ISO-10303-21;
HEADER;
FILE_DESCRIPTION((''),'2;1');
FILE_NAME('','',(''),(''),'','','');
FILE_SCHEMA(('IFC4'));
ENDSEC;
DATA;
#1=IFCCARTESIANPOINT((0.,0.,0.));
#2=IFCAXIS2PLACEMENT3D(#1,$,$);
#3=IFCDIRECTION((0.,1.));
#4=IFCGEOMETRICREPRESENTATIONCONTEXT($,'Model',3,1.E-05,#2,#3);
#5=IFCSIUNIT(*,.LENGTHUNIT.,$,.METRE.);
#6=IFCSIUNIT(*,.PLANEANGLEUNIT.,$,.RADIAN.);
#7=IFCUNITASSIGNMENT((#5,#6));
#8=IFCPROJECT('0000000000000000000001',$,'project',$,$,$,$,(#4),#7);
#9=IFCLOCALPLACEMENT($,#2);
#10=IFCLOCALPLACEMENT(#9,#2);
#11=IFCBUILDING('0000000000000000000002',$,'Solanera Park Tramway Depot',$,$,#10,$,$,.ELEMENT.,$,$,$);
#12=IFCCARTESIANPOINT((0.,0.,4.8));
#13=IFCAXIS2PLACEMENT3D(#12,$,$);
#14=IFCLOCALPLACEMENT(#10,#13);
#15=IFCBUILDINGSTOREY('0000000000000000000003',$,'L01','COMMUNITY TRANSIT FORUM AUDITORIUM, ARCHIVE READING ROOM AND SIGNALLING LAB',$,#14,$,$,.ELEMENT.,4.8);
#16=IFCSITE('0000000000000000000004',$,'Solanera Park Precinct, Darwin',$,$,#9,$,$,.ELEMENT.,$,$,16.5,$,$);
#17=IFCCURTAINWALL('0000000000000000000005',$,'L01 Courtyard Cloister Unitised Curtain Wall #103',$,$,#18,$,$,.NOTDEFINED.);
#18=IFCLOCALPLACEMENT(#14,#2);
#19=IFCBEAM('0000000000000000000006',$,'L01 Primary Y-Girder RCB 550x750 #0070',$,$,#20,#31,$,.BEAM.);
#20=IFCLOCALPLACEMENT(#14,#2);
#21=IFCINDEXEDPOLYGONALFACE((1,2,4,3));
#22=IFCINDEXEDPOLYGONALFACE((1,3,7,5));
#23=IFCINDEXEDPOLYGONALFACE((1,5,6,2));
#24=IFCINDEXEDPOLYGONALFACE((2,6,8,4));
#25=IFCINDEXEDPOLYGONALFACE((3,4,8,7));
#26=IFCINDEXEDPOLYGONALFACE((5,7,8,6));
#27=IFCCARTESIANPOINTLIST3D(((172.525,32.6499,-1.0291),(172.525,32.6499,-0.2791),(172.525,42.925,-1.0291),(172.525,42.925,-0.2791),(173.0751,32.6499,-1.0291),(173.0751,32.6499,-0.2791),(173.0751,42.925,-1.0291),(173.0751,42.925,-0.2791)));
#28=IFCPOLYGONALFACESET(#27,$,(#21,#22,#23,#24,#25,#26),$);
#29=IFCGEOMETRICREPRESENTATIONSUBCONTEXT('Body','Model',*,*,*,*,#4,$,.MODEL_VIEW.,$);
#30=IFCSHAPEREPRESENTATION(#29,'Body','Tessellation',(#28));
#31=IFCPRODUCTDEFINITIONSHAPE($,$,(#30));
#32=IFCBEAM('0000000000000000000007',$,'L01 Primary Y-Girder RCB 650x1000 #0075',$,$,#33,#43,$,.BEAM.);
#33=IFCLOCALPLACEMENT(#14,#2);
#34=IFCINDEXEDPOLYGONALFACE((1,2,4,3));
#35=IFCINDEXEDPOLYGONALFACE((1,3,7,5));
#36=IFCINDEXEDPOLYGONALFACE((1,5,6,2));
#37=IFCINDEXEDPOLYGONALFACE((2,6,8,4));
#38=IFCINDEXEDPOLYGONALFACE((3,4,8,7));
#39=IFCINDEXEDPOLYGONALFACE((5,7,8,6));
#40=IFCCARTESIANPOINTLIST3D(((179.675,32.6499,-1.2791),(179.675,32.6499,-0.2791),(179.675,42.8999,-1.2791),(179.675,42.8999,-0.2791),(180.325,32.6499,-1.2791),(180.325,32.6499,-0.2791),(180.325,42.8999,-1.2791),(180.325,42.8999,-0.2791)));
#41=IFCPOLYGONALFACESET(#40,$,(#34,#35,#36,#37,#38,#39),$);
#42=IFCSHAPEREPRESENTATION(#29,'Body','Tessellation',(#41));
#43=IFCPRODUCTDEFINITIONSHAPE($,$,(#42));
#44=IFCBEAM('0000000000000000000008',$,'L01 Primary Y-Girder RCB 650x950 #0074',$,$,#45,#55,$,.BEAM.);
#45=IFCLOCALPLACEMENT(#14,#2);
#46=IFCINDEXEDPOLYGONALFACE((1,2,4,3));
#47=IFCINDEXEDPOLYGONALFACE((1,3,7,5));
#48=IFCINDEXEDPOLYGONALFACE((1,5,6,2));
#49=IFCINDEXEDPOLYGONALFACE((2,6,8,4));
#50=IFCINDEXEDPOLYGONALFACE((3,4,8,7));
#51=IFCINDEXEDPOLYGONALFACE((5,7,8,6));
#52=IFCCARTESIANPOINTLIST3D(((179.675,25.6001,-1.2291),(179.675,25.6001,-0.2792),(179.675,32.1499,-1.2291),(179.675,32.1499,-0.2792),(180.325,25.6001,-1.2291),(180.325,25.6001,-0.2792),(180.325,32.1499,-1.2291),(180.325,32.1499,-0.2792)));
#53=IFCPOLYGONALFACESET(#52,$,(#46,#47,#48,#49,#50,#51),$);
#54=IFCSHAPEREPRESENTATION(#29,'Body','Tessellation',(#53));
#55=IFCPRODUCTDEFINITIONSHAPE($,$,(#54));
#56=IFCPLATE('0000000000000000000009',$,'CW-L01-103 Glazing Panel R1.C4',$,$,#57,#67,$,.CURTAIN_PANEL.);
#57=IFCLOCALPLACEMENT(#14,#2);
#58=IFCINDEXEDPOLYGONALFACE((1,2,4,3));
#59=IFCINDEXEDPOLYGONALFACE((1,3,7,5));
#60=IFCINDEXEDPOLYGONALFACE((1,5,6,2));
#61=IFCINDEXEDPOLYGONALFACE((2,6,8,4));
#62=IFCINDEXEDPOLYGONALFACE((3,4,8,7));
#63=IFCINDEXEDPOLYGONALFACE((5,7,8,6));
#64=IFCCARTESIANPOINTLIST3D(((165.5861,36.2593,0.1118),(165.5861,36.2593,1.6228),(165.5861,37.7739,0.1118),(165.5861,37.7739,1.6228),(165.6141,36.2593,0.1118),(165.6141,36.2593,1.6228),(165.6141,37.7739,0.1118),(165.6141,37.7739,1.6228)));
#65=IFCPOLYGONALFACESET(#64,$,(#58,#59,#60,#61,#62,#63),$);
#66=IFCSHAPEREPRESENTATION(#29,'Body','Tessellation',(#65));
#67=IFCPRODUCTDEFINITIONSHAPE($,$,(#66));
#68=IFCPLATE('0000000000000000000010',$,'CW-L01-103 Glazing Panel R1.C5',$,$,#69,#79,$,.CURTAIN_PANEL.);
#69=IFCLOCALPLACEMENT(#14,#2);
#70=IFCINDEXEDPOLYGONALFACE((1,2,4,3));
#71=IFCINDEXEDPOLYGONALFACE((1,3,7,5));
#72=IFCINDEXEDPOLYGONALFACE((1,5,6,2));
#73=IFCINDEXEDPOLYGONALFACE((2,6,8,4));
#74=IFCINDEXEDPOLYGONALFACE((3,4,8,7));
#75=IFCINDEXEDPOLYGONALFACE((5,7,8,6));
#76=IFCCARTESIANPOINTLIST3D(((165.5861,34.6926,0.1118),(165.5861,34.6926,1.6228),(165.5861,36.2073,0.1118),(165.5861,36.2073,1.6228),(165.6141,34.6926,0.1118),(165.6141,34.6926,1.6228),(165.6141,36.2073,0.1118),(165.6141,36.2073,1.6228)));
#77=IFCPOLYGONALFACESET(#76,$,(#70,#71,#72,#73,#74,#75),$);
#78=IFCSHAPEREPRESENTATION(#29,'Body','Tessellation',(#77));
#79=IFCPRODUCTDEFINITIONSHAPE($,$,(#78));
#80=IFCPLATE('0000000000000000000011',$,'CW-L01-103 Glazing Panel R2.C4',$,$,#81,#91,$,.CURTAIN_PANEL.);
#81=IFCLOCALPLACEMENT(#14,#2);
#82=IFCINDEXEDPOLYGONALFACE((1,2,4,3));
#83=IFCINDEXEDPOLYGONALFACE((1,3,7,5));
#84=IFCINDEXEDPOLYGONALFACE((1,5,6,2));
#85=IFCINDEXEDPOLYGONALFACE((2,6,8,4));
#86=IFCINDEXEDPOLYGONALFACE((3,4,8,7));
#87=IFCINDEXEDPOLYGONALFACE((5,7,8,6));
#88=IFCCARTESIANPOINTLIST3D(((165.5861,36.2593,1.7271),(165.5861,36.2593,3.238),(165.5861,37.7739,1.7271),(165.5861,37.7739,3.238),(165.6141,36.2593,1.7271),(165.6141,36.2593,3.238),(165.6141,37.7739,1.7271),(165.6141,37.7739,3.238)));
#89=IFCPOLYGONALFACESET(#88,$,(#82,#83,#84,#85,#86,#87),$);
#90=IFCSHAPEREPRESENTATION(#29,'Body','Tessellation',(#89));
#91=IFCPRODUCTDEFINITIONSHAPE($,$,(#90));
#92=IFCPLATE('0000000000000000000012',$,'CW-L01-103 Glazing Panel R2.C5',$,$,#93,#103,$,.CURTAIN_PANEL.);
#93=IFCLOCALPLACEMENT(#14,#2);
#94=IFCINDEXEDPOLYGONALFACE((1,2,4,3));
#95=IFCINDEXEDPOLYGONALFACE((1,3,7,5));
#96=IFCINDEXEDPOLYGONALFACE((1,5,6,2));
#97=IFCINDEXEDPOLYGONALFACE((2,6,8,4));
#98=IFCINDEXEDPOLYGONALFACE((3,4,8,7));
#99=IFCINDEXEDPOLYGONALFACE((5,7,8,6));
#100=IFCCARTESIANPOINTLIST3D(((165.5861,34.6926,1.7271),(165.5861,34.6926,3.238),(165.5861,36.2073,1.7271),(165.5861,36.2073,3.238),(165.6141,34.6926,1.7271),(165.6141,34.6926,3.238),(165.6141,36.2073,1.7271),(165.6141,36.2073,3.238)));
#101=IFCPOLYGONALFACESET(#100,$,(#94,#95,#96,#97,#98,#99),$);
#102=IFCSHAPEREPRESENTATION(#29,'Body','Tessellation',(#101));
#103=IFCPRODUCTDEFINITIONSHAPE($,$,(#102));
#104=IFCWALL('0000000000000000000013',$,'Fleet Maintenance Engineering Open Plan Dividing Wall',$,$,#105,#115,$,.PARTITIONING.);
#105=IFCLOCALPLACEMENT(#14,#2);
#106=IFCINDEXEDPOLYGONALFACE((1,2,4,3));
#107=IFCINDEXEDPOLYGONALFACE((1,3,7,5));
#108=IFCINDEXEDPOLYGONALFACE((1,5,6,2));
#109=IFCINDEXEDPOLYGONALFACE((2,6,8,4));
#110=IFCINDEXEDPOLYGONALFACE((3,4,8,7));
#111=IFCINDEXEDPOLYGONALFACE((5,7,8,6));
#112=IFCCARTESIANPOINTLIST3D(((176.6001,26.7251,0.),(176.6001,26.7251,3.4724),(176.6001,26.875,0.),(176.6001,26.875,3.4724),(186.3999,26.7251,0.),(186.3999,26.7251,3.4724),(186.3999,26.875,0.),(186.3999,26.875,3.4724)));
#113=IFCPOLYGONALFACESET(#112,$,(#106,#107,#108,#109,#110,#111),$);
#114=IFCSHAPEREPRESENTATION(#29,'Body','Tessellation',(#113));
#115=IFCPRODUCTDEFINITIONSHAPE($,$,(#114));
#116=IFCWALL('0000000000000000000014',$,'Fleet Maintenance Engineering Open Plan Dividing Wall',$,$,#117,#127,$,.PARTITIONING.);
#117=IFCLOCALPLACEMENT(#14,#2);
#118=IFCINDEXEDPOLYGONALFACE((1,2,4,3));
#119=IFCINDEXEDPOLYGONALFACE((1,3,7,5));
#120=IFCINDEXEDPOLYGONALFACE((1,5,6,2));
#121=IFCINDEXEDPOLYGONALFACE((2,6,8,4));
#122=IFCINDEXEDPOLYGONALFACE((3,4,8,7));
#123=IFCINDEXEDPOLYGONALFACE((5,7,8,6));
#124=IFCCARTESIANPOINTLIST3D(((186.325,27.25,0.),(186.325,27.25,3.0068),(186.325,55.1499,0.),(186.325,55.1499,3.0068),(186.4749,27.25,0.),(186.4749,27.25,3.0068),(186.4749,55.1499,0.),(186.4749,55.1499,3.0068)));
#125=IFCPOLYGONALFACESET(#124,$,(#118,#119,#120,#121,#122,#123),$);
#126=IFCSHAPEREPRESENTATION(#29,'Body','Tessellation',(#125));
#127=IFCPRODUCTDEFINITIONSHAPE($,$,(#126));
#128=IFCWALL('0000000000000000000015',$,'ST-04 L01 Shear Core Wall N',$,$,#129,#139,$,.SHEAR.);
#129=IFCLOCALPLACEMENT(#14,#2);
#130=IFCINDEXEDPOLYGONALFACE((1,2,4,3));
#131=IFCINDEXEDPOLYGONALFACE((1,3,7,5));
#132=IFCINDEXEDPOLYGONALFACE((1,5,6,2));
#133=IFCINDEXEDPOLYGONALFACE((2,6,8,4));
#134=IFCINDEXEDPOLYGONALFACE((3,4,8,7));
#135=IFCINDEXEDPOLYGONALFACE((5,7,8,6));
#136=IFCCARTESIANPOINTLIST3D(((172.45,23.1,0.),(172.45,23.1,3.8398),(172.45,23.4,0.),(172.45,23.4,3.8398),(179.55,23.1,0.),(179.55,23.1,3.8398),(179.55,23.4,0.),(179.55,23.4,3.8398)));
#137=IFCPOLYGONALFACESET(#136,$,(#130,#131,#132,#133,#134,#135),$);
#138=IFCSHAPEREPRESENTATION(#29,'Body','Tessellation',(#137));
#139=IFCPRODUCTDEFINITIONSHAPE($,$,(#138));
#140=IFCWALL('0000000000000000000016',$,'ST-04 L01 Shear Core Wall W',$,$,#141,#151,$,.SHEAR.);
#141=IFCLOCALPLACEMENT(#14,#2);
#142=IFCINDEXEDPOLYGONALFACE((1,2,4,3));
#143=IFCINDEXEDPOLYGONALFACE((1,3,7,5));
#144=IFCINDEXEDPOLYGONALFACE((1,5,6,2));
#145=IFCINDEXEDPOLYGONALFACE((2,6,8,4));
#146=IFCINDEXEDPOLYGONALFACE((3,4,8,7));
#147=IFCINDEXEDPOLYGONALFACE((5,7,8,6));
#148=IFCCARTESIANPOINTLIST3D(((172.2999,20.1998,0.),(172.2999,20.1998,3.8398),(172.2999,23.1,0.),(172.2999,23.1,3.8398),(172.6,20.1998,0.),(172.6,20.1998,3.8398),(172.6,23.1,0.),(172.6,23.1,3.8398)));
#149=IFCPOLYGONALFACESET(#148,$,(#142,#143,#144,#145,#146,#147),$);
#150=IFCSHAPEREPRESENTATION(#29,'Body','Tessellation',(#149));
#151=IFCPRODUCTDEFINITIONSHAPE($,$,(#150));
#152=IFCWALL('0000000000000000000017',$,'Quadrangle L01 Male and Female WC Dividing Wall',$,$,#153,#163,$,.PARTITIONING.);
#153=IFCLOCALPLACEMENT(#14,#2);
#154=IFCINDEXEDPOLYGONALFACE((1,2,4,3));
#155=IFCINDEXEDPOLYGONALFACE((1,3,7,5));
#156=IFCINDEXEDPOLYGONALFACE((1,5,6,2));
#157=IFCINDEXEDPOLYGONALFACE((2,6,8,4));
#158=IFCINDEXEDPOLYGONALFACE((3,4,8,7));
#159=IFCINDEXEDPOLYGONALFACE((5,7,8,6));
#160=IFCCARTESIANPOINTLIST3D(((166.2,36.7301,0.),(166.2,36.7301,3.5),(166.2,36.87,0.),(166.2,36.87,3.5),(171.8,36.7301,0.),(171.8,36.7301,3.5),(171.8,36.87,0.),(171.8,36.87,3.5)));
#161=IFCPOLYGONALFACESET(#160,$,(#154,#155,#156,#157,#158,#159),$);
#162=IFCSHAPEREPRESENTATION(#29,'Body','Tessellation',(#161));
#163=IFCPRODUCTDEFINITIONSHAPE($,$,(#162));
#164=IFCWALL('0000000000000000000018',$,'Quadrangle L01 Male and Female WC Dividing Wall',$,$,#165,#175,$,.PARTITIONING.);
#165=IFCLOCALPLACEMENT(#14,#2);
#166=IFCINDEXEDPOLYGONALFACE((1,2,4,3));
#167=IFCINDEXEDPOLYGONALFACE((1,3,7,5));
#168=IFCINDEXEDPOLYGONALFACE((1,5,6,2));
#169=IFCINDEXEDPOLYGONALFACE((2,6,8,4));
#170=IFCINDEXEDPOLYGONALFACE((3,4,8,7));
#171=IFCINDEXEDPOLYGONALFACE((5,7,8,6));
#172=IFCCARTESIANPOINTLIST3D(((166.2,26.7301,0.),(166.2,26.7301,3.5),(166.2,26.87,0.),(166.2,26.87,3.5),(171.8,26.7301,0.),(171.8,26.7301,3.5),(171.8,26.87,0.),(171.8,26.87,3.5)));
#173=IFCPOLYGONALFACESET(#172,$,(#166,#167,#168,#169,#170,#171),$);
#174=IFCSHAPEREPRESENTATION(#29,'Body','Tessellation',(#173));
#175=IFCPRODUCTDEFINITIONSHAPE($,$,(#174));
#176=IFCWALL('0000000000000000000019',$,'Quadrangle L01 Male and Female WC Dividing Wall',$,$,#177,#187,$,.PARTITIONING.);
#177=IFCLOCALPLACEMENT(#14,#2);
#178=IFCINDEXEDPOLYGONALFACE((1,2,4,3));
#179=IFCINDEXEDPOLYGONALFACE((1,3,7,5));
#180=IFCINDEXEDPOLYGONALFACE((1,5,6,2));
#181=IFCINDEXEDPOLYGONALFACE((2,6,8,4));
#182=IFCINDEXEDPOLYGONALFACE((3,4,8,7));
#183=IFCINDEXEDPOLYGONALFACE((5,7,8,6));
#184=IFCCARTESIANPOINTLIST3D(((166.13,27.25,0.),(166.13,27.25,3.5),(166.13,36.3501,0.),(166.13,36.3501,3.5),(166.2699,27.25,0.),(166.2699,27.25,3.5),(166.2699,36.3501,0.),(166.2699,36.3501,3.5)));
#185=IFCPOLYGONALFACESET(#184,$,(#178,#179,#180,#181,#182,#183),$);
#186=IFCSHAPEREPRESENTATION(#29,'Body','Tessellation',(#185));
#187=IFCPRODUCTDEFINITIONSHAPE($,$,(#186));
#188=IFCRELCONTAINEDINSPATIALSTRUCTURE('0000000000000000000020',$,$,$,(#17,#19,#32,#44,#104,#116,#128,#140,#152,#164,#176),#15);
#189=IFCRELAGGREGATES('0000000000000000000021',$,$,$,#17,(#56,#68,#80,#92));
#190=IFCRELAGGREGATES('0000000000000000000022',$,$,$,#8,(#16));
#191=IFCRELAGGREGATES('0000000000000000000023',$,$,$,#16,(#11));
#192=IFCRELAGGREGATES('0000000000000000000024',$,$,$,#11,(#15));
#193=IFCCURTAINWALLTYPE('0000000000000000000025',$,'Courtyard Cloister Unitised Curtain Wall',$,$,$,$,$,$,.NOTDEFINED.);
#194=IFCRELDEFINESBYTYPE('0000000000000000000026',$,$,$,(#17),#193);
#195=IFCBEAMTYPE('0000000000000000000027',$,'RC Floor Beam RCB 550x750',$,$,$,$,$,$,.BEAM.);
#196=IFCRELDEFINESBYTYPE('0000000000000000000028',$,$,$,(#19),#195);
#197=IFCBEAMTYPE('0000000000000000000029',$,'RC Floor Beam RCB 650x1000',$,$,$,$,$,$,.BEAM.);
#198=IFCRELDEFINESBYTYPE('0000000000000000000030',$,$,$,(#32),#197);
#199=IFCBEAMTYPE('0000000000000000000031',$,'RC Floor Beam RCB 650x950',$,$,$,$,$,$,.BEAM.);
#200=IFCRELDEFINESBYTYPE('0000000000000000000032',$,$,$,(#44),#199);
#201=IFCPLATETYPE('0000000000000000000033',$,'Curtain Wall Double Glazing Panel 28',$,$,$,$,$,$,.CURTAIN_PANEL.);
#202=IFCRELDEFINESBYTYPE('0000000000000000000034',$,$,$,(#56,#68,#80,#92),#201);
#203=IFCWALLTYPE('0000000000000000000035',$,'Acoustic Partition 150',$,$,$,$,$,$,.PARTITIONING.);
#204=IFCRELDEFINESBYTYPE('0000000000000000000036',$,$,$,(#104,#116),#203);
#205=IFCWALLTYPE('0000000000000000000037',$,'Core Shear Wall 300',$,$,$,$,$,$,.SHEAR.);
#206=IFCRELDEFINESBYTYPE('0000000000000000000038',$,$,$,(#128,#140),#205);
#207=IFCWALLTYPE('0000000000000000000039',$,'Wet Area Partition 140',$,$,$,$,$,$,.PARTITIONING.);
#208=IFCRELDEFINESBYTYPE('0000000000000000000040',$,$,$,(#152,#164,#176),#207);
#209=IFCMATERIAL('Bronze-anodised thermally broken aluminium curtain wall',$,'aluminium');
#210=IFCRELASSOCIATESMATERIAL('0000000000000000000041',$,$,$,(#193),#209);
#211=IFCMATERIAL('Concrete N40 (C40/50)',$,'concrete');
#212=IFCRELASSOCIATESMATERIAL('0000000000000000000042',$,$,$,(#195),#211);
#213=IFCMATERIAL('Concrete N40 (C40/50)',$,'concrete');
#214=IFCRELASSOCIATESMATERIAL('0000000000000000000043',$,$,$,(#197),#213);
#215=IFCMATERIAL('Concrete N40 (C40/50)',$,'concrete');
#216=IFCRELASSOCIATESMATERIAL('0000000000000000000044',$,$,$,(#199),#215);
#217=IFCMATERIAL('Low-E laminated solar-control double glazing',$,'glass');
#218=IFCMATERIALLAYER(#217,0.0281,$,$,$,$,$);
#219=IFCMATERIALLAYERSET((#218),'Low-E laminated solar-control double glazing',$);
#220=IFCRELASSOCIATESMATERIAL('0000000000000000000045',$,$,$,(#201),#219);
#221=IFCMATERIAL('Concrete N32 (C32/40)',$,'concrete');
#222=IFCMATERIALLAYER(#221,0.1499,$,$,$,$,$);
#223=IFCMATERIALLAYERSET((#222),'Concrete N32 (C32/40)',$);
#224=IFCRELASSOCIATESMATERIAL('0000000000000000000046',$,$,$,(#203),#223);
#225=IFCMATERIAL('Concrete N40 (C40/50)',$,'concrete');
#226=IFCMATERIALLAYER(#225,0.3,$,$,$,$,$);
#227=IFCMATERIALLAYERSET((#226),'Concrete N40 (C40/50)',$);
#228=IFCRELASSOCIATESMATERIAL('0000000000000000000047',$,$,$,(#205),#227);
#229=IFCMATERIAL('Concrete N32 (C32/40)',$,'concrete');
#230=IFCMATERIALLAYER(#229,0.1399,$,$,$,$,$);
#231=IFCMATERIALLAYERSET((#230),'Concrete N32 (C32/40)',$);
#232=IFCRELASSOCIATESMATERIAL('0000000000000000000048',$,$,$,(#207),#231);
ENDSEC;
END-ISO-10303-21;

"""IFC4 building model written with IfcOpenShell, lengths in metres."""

from ifc_helpers import new_model, si_unit, direction, frame, frame_2d, origin, origin_2d, place, context, subcontext, project, spatial, rectangle, extrude, material, layer, layer_set, material_profile, profile_set, type_object, element, aggregate, save


model = new_model("IFC4")

# Units and contexts
model_context = context("Model", 3, precision=1e-05, world=origin(), true_north=direction((0.0, 1.0)))
body_context = subcontext(model_context, "Body", "Model", "MODEL_VIEW")
ifc_project = project(units=[si_unit("LENGTHUNIT", "METRE"), si_unit("PLANEANGLEUNIT", "RADIAN")], contexts=[model_context])

# Site, building, storey
site_placement = place(None, origin())
site = spatial("IfcSite", under=ifc_project, at=site_placement, Name="Solanera Park Precinct, Darwin", CompositionType="ELEMENT", RefElevation=16.5)
building_placement = place(site_placement, origin())
building = spatial("IfcBuilding", under=site, at=building_placement, Name="Solanera Park Tramway Depot", CompositionType="ELEMENT")
storey_placement = place(building_placement, frame((0.0, 0.0, 4.8)))
storey = spatial("IfcBuildingStorey", under=building, at=storey_placement, Name="L01", Description="COMMUNITY TRANSIT FORUM AUDITORIUM, ARCHIVE READING ROOM AND SIGNALLING LAB", CompositionType="ELEMENT", Elevation=4.8)

# Curtain wall
ifc_material_1 = material(Name="Bronze-anodised thermally broken aluminium curtain wall", Category="aluminium")
curtain_wall_type = type_object("IfcCurtainWallType", Name="Courtyard Cloister Unitised Curtain Wall", PredefinedType="NOTDEFINED", material=ifc_material_1)
curtain_wall_placement = place(storey_placement, origin())
curtain_wall = element("IfcCurtainWall", 1, at=curtain_wall_placement, inside=storey, type_object=curtain_wall_type, Name="L01 Courtyard Cloister Unitised Curtain Wall #103", PredefinedType="NOTDEFINED")

# Beams
ifc_material_2 = material(Name="Concrete N40 (C40/50)", Category="concrete")
ifc_material_profile_1 = material_profile(ifc_material_2, rectangle(XDim=0.55, YDim=0.75, at=origin_2d()), Name="RCB 550x750")
ifc_profile_set_1 = profile_set([ifc_material_profile_1], Name="Concrete N40 (C40/50)")
beam_type_1 = type_object("IfcBeamType", Name="RC Floor Beam RCB 550x750", PredefinedType="BEAM", material=ifc_profile_set_1)
beam_1_placement = place(storey_placement, frame((172.8, 32.6499, -0.6541), z_axis=(0.0, 1.0, 0.0), x_axis=(-1.0, 0.0, 0.0)))
element("IfcBeam", 2, at=beam_1_placement, inside=storey, type_object=beam_type_1, Name="L01 Primary Y-Girder RCB 550x750 #0070", PredefinedType="BEAM", context=body_context, shape_type="SweptSolid", body=[
    extrude(rectangle(XDim=0.55, YDim=0.75, at=origin_2d()), origin(), (0.0, 0.0, 1.0), 10.2751),
])
ifc_material_3 = material(Name="Concrete N40 (C40/50)", Category="concrete")
ifc_material_profile_2 = material_profile(ifc_material_3, rectangle(XDim=0.6499, YDim=1.0, at=origin_2d()), Name="RCB 650x1000")
ifc_profile_set_2 = profile_set([ifc_material_profile_2], Name="Concrete N40 (C40/50)")
beam_type_2 = type_object("IfcBeamType", Name="RC Floor Beam RCB 650x1000", PredefinedType="BEAM", material=ifc_profile_set_2)
beam_2_placement = place(storey_placement, frame((180.0, 32.6499, -0.7791), z_axis=(0.0, 1.0, 0.0), x_axis=(-1.0, 0.0, 0.0)))
element("IfcBeam", 3, at=beam_2_placement, inside=storey, type_object=beam_type_2, Name="L01 Primary Y-Girder RCB 650x1000 #0075", PredefinedType="BEAM", context=body_context, shape_type="SweptSolid", body=[
    extrude(rectangle(XDim=0.6499, YDim=1.0, at=origin_2d()), origin(), (0.0, 0.0, 1.0), 10.25),
])
ifc_material_4 = material(Name="Concrete N40 (C40/50)", Category="concrete")
ifc_material_profile_3 = material_profile(ifc_material_4, rectangle(XDim=0.6499, YDim=0.95, at=origin_2d()), Name="RCB 650x950")
ifc_profile_set_3 = profile_set([ifc_material_profile_3], Name="Concrete N40 (C40/50)")
beam_type_3 = type_object("IfcBeamType", Name="RC Floor Beam RCB 650x950", PredefinedType="BEAM", material=ifc_profile_set_3)
beam_3_placement = place(storey_placement, frame((180.0, 25.6001, -0.7542), z_axis=(0.0, 1.0, 0.0), x_axis=(-1.0, 0.0, 0.0)))
element("IfcBeam", 4, at=beam_3_placement, inside=storey, type_object=beam_type_3, Name="L01 Primary Y-Girder RCB 650x950 #0074", PredefinedType="BEAM", context=body_context, shape_type="SweptSolid", body=[
    extrude(rectangle(XDim=0.6499, YDim=0.95, at=origin_2d()), origin(), (0.0, 0.0, 1.0), 6.5498),
])

# Plates
ifc_material_5 = material(Name="Low-E laminated solar-control double glazing", Category="glass")
ifc_layer_1 = layer(ifc_material_5, 0.0281)
ifc_layer_set_1 = layer_set([ifc_layer_1], Name="Low-E laminated solar-control double glazing")
plate_type = type_object("IfcPlateType", Name="Curtain Wall Double Glazing Panel 28", PredefinedType="CURTAIN_PANEL", material=ifc_layer_set_1)
plate_1_placement = place(storey_placement, frame((165.6001, 37.0166, 0.1118), z_axis=(0.0, 0.0, 1.0), x_axis=(0.0, -1.0, 0.0)))
plate_1 = element("IfcPlate", 5, at=plate_1_placement, type_object=plate_type, Name="CW-L01-103 Glazing Panel R1.C4", PredefinedType="CURTAIN_PANEL", context=body_context, shape_type="SweptSolid", body=[
    extrude(rectangle(XDim=1.5146, YDim=0.0281, at=origin_2d()), origin(), (0.0, 0.0, 1.0), 1.511),
])
plate_2_placement = place(storey_placement, frame((165.6001, 35.45, 0.1118), z_axis=(0.0, 0.0, 1.0), x_axis=(0.0, -1.0, 0.0)))
plate_2 = element("IfcPlate", 6, at=plate_2_placement, type_object=plate_type, Name="CW-L01-103 Glazing Panel R1.C5", PredefinedType="CURTAIN_PANEL", context=body_context, shape_type="SweptSolid", body=[
    extrude(rectangle(XDim=1.5146, YDim=0.0281, at=origin_2d()), origin(), (0.0, 0.0, 1.0), 1.511),
])
plate_3_placement = place(storey_placement, frame((165.6001, 37.0166, 1.7271), z_axis=(0.0, 0.0, 1.0), x_axis=(0.0, -1.0, 0.0)))
plate_3 = element("IfcPlate", 7, at=plate_3_placement, type_object=plate_type, Name="CW-L01-103 Glazing Panel R2.C4", PredefinedType="CURTAIN_PANEL", context=body_context, shape_type="SweptSolid", body=[
    extrude(rectangle(XDim=1.5146, YDim=0.0281, at=origin_2d()), origin(), (0.0, 0.0, 1.0), 1.511),
])
plate_4_placement = place(storey_placement, frame((165.6001, 35.45, 1.7271), z_axis=(0.0, 0.0, 1.0), x_axis=(0.0, -1.0, 0.0)))
plate_4 = element("IfcPlate", 8, at=plate_4_placement, type_object=plate_type, Name="CW-L01-103 Glazing Panel R2.C5", PredefinedType="CURTAIN_PANEL", context=body_context, shape_type="SweptSolid", body=[
    extrude(rectangle(XDim=1.5146, YDim=0.0281, at=origin_2d()), origin(), (0.0, 0.0, 1.0), 1.511),
])
aggregate(curtain_wall, [plate_1, plate_2, plate_3, plate_4])

# Walls
ifc_material_6 = material(Name="Concrete N32 (C32/40)", Category="concrete")
ifc_layer_2 = layer(ifc_material_6, 0.1499)
ifc_layer_set_2 = layer_set([ifc_layer_2], Name="Concrete N32 (C32/40)")
wall_type_1 = type_object("IfcWallType", Name="Acoustic Partition 150", PredefinedType="PARTITIONING", material=ifc_layer_set_2)
wall_1_placement = place(storey_placement, frame((186.3999, 26.8, 0.0), z_axis=(0.0, 0.0, 1.0), x_axis=(-1.0, 0.0, 0.0)))
element("IfcWall", 9, at=wall_1_placement, inside=storey, type_object=wall_type_1, Name="Fleet Maintenance Engineering Open Plan Dividing Wall", PredefinedType="PARTITIONING", context=body_context, shape_type="SweptSolid", body=[
    extrude(rectangle(XDim=9.7998, YDim=0.1499, at=frame_2d((4.8999, 0.0))), origin(), (0.0, 0.0, 1.0), 3.4724),
])
wall_2_placement = place(storey_placement, frame((186.3999, 27.25, 0.0), z_axis=(0.0, 0.0, 1.0), x_axis=(0.0, 1.0, 0.0)))
element("IfcWall", 10, at=wall_2_placement, inside=storey, type_object=wall_type_1, Name="Fleet Maintenance Engineering Open Plan Dividing Wall", PredefinedType="PARTITIONING", context=body_context, shape_type="SweptSolid", body=[
    extrude(rectangle(XDim=27.8999, YDim=0.1499, at=frame_2d((13.95, 0.0))), origin(), (0.0, 0.0, 1.0), 3.0068),
])
ifc_material_7 = material(Name="Concrete N40 (C40/50)", Category="concrete")
ifc_layer_3 = layer(ifc_material_7, 0.3)
ifc_layer_set_3 = layer_set([ifc_layer_3], Name="Concrete N40 (C40/50)")
wall_type_2 = type_object("IfcWallType", Name="Core Shear Wall 300", PredefinedType="SHEAR", material=ifc_layer_set_3)
wall_3_placement = place(storey_placement, frame((179.55, 23.25, 0.0), z_axis=(0.0, 0.0, 1.0), x_axis=(-1.0, 0.0, 0.0)))
element("IfcWall", 11, at=wall_3_placement, inside=storey, type_object=wall_type_2, Name="ST-04 L01 Shear Core Wall N", PredefinedType="SHEAR", context=body_context, shape_type="SweptSolid", body=[
    extrude(rectangle(XDim=7.1001, YDim=0.3, at=frame_2d((3.55, 0.0))), origin(), (0.0, 0.0, 1.0), 3.8398),
])
wall_4_placement = place(storey_placement, frame((172.45, 23.1001, 0.0), z_axis=(0.0, 0.0, 1.0), x_axis=(0.0, -1.0, 0.0)))
element("IfcWall", 12, at=wall_4_placement, inside=storey, type_object=wall_type_2, Name="ST-04 L01 Shear Core Wall W", PredefinedType="SHEAR", context=body_context, shape_type="SweptSolid", body=[
    extrude(rectangle(XDim=2.9001, YDim=0.3, at=frame_2d((1.4502, 0.0))), origin(), (0.0, 0.0, 1.0), 3.8398),
])

# Walls
ifc_material_8 = material(Name="Concrete N32 (C32/40)", Category="concrete")
ifc_layer_4 = layer(ifc_material_8, 0.1399)
ifc_layer_set_4 = layer_set([ifc_layer_4], Name="Concrete N32 (C32/40)")
wall_type_3 = type_object("IfcWallType", Name="Wet Area Partition 140", PredefinedType="PARTITIONING", material=ifc_layer_set_4)
for number, where, z_axis, x_axis, name in (
    (13, (166.2, 36.8, 0.0), (0.0, 0.0, 1.0), (1.0, 0.0, 0.0), "Quadrangle L01 Male and Female WC Dividing Wall"),
    (14, (171.8, 26.8, 0.0), (0.0, 0.0, 1.0), (-1.0, 0.0, 0.0), "Quadrangle L01 Male and Female WC Dividing Wall"),
):
    element("IfcWall", number, at=place(storey_placement, frame(where, z_axis=z_axis, x_axis=x_axis)), inside=storey, type_object=wall_type_3, Name=name, PredefinedType="PARTITIONING", context=body_context, shape_type="SweptSolid", body=[
        extrude(rectangle(XDim=5.6001, YDim=0.1399, at=frame_2d((2.8, 0.0))), origin(), (0.0, 0.0, 1.0), 3.5),
    ])
wall_5_placement = place(storey_placement, frame((166.2, 36.3501, 0.0), z_axis=(0.0, 0.0, 1.0), x_axis=(0.0, -1.0, 0.0)))
element("IfcWall", 15, at=wall_5_placement, inside=storey, type_object=wall_type_3, Name="Quadrangle L01 Male and Female WC Dividing Wall", PredefinedType="PARTITIONING", context=body_context, shape_type="SweptSolid", body=[
    extrude(rectangle(XDim=9.1001, YDim=0.1399, at=frame_2d((4.55, 0.0))), origin(), (0.0, 0.0, 1.0), 3.5),
])

save(model, "model.ifc")
